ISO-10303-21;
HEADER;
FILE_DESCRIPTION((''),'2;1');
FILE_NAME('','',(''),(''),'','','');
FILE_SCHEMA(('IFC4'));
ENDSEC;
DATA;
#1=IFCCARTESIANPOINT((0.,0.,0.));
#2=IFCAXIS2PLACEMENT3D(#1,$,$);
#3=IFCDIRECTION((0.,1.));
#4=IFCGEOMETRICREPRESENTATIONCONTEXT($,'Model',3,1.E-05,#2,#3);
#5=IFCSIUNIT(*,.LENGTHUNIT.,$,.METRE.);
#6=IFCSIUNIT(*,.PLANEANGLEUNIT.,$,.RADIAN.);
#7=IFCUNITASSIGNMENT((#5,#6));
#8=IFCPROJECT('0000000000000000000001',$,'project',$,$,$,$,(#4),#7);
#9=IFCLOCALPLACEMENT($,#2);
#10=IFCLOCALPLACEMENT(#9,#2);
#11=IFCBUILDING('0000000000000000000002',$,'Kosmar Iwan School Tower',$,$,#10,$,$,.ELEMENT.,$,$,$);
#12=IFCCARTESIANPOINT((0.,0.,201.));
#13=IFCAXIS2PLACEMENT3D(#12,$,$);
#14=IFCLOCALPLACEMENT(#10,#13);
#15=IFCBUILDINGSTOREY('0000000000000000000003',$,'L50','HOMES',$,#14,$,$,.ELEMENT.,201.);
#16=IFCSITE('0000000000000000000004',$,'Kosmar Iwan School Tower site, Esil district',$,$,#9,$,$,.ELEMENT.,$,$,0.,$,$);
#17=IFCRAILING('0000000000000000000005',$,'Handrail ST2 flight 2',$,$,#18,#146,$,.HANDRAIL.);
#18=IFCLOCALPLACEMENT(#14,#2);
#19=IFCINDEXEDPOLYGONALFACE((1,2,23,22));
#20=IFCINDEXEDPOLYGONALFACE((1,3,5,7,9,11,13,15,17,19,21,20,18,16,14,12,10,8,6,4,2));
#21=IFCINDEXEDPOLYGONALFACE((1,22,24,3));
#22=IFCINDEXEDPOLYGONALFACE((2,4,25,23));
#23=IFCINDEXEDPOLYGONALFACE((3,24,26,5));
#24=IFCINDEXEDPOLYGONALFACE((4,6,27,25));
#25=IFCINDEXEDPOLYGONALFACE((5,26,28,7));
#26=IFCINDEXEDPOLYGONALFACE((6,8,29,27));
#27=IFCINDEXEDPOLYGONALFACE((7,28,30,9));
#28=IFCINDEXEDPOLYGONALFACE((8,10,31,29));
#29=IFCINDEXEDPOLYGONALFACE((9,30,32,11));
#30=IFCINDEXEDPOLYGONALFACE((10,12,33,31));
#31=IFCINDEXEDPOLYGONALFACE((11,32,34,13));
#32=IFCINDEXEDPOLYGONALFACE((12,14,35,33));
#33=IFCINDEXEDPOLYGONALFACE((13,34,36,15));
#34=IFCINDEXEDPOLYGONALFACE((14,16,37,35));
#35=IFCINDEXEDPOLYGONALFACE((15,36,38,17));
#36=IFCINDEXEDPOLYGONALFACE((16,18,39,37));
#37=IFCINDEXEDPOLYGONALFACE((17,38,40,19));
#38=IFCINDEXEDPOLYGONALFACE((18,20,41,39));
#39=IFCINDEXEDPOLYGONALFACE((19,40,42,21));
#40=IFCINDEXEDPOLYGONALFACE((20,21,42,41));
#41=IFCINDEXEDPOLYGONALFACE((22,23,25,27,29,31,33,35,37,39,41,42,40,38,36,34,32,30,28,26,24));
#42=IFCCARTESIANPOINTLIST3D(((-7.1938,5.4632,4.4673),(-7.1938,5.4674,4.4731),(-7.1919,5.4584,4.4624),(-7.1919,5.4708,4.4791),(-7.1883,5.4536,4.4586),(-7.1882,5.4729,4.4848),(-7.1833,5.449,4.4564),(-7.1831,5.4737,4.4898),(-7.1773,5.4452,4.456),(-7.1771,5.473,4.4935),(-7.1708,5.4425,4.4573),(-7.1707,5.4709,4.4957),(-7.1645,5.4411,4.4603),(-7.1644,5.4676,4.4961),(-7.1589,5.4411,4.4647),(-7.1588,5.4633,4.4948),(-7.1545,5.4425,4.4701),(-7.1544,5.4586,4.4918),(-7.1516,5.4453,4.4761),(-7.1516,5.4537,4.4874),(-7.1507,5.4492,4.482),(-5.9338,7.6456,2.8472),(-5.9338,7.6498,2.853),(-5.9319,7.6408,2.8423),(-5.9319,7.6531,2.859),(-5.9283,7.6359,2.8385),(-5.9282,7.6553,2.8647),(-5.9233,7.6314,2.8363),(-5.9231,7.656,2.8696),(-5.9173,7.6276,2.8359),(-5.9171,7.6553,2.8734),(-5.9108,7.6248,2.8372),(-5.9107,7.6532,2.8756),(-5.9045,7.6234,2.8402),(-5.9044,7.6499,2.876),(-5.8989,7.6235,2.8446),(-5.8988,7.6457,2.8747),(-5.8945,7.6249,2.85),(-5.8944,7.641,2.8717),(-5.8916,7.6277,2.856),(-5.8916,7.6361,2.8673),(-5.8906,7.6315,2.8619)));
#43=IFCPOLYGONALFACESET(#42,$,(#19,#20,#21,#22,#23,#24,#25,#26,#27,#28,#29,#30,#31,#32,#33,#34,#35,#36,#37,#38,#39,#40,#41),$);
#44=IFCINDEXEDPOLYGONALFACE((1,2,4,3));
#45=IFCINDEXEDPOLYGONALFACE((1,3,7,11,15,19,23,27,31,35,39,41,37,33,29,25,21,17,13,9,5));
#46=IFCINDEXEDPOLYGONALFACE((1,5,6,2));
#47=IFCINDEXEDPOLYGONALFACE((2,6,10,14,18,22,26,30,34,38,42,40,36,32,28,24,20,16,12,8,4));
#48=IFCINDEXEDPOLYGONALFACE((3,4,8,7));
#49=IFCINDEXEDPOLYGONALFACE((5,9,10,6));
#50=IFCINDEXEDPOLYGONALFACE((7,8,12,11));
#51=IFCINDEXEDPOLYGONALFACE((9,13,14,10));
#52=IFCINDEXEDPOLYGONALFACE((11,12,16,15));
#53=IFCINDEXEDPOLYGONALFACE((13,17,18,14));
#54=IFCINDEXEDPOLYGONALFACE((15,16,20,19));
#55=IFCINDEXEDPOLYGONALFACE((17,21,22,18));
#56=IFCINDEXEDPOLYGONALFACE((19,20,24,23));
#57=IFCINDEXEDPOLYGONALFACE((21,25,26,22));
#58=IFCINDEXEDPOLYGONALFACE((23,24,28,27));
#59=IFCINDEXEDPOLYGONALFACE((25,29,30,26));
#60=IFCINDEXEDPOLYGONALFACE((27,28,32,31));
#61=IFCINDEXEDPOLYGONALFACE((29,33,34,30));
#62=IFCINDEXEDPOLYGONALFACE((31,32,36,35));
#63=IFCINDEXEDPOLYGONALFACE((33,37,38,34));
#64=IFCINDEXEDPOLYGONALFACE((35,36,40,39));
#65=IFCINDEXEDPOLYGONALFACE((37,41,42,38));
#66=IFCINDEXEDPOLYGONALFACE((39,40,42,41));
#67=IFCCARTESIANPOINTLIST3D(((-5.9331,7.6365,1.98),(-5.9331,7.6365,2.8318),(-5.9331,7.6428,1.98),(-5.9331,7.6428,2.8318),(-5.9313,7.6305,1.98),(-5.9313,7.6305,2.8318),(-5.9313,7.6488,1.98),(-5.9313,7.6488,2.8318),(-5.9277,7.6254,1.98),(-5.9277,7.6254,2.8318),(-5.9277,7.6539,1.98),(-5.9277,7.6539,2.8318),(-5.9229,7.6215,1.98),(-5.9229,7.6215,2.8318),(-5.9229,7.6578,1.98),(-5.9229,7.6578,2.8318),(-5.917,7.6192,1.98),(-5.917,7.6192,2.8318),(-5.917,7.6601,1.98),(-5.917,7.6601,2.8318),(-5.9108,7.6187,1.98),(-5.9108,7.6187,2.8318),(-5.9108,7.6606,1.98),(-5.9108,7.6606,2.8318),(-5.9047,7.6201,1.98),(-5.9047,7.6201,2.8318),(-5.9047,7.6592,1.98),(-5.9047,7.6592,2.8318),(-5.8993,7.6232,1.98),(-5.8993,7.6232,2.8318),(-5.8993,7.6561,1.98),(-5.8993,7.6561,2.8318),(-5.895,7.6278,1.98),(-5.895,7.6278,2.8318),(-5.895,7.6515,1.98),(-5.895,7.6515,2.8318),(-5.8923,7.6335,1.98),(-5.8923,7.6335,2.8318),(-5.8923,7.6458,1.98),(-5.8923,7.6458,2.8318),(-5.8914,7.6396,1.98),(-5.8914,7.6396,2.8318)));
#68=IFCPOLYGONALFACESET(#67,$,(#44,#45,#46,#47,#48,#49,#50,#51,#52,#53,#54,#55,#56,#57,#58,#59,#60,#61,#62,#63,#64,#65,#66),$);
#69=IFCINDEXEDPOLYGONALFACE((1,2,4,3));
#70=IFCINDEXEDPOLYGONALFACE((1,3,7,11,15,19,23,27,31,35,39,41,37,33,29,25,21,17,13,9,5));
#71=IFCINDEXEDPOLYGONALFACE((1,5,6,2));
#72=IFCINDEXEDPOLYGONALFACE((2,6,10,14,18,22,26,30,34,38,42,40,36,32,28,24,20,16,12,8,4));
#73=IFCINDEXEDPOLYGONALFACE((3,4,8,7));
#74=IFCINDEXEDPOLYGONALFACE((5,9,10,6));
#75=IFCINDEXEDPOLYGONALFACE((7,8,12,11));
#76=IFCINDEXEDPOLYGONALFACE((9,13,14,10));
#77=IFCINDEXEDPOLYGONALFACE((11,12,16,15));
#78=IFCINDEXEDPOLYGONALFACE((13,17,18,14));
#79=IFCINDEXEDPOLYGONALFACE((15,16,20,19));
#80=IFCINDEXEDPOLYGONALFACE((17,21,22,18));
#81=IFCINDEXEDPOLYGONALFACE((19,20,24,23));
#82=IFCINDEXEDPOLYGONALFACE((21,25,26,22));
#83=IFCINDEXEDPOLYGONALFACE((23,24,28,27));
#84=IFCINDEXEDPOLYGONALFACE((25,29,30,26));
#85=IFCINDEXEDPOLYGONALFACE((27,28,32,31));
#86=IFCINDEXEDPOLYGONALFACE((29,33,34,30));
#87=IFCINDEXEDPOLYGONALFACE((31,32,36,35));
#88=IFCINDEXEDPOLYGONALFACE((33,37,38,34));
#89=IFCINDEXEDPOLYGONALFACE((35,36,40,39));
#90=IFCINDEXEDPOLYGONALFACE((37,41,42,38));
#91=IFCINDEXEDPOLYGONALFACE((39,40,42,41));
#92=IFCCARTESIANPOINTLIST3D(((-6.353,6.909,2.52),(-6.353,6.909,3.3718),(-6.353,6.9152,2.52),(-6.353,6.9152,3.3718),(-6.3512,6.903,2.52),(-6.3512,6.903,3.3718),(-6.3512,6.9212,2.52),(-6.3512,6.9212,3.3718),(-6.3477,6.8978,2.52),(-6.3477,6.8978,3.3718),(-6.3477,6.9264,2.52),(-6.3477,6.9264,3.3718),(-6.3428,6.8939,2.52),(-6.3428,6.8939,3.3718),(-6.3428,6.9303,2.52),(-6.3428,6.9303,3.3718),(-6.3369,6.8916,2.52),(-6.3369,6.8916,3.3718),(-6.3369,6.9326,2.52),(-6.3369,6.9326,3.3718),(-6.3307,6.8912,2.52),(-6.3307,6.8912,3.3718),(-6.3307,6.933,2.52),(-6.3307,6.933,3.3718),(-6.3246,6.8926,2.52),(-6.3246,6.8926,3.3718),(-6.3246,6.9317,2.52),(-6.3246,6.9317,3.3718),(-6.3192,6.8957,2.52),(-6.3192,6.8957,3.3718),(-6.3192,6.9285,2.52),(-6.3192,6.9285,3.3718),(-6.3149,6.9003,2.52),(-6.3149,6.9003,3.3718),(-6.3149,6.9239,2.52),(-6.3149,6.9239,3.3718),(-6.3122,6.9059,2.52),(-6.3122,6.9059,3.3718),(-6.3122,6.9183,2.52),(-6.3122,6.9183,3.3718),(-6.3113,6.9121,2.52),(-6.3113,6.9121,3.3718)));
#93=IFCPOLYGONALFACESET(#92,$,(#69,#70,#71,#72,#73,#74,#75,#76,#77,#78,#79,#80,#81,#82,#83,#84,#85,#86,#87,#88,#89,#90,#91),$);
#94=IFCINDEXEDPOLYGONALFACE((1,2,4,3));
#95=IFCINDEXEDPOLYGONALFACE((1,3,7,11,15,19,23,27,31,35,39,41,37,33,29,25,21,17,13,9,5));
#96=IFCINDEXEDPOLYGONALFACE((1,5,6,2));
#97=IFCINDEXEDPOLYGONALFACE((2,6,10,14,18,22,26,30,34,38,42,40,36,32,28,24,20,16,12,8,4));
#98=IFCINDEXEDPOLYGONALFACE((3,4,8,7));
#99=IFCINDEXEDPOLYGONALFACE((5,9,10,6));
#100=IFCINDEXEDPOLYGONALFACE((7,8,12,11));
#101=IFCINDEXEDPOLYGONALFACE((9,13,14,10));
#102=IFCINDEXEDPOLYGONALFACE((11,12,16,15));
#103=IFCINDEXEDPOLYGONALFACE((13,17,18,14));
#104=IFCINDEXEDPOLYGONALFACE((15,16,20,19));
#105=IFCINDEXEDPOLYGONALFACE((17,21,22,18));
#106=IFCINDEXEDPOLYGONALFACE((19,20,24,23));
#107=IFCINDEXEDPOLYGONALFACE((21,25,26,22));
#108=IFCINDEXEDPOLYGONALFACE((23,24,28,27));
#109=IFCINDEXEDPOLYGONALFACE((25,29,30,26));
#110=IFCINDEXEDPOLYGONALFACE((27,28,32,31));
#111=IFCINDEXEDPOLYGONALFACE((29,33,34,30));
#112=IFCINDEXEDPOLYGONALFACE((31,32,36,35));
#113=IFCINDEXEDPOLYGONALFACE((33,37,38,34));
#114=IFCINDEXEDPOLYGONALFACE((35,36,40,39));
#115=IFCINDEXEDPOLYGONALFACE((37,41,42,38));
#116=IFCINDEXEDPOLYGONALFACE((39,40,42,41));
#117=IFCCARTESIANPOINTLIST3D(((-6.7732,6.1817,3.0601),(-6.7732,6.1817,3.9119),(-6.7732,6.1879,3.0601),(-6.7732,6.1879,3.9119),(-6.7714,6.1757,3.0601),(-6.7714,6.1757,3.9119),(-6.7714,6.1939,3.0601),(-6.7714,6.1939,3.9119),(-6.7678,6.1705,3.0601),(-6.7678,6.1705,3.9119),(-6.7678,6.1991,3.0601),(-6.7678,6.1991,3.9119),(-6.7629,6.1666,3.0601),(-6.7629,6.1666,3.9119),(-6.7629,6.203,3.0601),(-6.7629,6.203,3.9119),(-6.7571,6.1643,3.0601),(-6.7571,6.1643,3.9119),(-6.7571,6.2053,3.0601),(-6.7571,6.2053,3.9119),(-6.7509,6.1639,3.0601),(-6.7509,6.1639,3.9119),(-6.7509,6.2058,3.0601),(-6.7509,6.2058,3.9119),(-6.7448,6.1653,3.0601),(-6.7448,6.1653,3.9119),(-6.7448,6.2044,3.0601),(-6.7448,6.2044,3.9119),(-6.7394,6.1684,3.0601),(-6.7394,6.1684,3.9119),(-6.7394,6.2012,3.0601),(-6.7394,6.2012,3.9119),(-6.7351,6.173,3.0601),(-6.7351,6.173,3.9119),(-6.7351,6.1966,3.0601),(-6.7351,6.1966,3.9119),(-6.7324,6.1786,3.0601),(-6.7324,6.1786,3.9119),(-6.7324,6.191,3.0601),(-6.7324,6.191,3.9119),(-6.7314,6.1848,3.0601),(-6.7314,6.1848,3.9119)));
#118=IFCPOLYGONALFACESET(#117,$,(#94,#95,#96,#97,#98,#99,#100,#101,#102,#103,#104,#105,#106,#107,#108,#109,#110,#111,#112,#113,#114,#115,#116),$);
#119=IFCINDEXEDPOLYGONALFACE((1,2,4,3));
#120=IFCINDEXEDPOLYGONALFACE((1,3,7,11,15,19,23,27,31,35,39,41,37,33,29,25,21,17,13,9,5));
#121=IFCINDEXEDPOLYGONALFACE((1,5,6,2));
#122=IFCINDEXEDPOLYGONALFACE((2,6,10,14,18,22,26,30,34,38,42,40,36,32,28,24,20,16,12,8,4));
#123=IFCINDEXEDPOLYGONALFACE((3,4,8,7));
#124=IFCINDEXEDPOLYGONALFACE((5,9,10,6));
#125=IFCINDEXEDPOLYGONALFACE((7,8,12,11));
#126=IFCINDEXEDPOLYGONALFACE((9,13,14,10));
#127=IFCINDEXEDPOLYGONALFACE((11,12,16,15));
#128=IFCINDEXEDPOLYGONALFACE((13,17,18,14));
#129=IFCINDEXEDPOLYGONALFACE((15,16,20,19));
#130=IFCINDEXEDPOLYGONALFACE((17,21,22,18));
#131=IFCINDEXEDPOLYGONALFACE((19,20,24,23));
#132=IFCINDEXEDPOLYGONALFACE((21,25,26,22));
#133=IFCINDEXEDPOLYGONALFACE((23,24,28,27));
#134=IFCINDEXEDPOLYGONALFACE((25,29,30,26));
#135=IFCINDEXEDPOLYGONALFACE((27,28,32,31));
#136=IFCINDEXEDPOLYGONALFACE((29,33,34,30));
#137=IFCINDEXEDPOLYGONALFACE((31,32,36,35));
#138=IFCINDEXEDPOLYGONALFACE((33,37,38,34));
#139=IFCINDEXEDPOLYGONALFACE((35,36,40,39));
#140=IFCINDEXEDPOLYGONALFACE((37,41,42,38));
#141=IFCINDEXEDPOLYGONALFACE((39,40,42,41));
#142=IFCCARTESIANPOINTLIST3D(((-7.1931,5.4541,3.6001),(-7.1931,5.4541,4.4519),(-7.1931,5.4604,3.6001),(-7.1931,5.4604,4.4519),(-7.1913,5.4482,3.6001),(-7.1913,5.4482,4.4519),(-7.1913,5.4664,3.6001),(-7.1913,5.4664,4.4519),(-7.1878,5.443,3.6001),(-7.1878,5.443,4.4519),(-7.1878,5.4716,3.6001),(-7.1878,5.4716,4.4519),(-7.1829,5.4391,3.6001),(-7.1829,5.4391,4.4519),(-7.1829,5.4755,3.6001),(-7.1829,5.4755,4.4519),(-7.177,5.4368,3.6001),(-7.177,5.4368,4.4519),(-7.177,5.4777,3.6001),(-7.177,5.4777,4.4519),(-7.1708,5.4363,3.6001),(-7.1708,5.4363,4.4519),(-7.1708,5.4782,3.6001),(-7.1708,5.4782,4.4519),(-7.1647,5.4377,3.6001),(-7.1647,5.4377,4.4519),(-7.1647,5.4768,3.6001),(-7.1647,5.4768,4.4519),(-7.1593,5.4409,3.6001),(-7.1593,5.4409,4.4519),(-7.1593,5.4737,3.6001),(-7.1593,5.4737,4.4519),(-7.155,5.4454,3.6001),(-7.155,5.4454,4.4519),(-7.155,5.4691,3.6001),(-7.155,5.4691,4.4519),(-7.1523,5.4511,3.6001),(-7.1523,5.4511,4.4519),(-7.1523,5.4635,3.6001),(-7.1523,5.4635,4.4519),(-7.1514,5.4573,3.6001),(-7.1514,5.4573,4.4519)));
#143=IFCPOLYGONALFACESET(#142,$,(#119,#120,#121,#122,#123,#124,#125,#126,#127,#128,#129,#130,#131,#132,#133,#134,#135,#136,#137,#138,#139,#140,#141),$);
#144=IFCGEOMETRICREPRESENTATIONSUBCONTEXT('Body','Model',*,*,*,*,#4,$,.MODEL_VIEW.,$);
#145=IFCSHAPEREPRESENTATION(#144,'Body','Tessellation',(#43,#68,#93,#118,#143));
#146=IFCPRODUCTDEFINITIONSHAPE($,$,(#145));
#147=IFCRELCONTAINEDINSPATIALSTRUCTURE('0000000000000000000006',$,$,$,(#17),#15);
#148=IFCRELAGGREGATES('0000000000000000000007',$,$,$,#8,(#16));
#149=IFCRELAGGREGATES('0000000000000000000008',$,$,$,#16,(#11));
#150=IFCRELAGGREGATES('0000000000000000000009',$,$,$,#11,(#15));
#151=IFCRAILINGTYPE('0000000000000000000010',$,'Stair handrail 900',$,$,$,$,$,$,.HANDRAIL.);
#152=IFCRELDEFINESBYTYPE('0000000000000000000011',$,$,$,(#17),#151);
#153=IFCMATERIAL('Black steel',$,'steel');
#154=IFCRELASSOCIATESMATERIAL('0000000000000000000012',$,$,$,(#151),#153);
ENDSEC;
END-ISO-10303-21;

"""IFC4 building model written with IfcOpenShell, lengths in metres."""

from ifc_helpers import new_model, si_unit, direction, frame, origin, origin_2d, place, context, subcontext, project, spatial, circle, extrude, material, type_object, element, save


model = new_model("IFC4")

# Units and contexts
model_context = context("Model", 3, precision=1e-05, world=origin(), true_north=direction((0.0, 1.0)))
body_context = subcontext(model_context, "Body", "Model", "MODEL_VIEW")
ifc_project = project(units=[si_unit("LENGTHUNIT", "METRE"), si_unit("PLANEANGLEUNIT", "RADIAN")], contexts=[model_context])

# Site, building, storey
site_placement = place(None, origin())
site = spatial("IfcSite", under=ifc_project, at=site_placement, Name="Kosmar Iwan School Tower site, Esil district", CompositionType="ELEMENT", RefElevation=0.0)
building_placement = place(site_placement, origin())
building = spatial("IfcBuilding", under=site, at=building_placement, Name="Kosmar Iwan School Tower", CompositionType="ELEMENT")
storey_placement = place(building_placement, frame((0.0, 0.0, 201.0)))
storey = spatial("IfcBuildingStorey", under=building, at=storey_placement, Name="L50", Description="HOMES", CompositionType="ELEMENT", Elevation=201.0)

# Railing
ifc_material_1 = material(Name="Black steel", Category="steel")
railing_type = type_object("IfcRailingType", Name="Stair handrail 900", PredefinedType="HANDRAIL", material=ifc_material_1)
railing_1_placement = place(storey_placement, frame((-5.9124, 7.6396, 1.98)))
element("IfcRailing", 1, at=railing_1_placement, inside=storey, type_object=railing_type, Name="Handrail ST2 flight 2", PredefinedType="HANDRAIL", context=body_context, shape_type="SweptSolid", body=[
    extrude(circle(Radius=0.0239, at=origin_2d()), frame((0.0, 0.0, 0.876), z_axis=(-0.420584, -0.728464, 0.540786), x_axis=(0.866023, -0.500005, 0.0)), (0.0, 0.0, 1.0), 2.9958),
    extrude(circle(Radius=0.021, at=origin_2d()), origin(), (0.0, 0.0, 1.0), 0.8518),
    extrude(circle(Radius=0.021, at=origin_2d()), frame((-0.4199, -0.7275, 0.54)), (0.0, 0.0, 1.0), 0.8518),
    extrude(circle(Radius=0.021, at=origin_2d()), frame((-0.8401, -1.4548, 1.0801)), (0.0, 0.0, 1.0), 0.8518),
    extrude(circle(Radius=0.021, at=origin_2d()), frame((-1.26, -2.1824, 1.6201)), (0.0, 0.0, 1.0), 0.8518),
])

save(model, "model.ifc")
